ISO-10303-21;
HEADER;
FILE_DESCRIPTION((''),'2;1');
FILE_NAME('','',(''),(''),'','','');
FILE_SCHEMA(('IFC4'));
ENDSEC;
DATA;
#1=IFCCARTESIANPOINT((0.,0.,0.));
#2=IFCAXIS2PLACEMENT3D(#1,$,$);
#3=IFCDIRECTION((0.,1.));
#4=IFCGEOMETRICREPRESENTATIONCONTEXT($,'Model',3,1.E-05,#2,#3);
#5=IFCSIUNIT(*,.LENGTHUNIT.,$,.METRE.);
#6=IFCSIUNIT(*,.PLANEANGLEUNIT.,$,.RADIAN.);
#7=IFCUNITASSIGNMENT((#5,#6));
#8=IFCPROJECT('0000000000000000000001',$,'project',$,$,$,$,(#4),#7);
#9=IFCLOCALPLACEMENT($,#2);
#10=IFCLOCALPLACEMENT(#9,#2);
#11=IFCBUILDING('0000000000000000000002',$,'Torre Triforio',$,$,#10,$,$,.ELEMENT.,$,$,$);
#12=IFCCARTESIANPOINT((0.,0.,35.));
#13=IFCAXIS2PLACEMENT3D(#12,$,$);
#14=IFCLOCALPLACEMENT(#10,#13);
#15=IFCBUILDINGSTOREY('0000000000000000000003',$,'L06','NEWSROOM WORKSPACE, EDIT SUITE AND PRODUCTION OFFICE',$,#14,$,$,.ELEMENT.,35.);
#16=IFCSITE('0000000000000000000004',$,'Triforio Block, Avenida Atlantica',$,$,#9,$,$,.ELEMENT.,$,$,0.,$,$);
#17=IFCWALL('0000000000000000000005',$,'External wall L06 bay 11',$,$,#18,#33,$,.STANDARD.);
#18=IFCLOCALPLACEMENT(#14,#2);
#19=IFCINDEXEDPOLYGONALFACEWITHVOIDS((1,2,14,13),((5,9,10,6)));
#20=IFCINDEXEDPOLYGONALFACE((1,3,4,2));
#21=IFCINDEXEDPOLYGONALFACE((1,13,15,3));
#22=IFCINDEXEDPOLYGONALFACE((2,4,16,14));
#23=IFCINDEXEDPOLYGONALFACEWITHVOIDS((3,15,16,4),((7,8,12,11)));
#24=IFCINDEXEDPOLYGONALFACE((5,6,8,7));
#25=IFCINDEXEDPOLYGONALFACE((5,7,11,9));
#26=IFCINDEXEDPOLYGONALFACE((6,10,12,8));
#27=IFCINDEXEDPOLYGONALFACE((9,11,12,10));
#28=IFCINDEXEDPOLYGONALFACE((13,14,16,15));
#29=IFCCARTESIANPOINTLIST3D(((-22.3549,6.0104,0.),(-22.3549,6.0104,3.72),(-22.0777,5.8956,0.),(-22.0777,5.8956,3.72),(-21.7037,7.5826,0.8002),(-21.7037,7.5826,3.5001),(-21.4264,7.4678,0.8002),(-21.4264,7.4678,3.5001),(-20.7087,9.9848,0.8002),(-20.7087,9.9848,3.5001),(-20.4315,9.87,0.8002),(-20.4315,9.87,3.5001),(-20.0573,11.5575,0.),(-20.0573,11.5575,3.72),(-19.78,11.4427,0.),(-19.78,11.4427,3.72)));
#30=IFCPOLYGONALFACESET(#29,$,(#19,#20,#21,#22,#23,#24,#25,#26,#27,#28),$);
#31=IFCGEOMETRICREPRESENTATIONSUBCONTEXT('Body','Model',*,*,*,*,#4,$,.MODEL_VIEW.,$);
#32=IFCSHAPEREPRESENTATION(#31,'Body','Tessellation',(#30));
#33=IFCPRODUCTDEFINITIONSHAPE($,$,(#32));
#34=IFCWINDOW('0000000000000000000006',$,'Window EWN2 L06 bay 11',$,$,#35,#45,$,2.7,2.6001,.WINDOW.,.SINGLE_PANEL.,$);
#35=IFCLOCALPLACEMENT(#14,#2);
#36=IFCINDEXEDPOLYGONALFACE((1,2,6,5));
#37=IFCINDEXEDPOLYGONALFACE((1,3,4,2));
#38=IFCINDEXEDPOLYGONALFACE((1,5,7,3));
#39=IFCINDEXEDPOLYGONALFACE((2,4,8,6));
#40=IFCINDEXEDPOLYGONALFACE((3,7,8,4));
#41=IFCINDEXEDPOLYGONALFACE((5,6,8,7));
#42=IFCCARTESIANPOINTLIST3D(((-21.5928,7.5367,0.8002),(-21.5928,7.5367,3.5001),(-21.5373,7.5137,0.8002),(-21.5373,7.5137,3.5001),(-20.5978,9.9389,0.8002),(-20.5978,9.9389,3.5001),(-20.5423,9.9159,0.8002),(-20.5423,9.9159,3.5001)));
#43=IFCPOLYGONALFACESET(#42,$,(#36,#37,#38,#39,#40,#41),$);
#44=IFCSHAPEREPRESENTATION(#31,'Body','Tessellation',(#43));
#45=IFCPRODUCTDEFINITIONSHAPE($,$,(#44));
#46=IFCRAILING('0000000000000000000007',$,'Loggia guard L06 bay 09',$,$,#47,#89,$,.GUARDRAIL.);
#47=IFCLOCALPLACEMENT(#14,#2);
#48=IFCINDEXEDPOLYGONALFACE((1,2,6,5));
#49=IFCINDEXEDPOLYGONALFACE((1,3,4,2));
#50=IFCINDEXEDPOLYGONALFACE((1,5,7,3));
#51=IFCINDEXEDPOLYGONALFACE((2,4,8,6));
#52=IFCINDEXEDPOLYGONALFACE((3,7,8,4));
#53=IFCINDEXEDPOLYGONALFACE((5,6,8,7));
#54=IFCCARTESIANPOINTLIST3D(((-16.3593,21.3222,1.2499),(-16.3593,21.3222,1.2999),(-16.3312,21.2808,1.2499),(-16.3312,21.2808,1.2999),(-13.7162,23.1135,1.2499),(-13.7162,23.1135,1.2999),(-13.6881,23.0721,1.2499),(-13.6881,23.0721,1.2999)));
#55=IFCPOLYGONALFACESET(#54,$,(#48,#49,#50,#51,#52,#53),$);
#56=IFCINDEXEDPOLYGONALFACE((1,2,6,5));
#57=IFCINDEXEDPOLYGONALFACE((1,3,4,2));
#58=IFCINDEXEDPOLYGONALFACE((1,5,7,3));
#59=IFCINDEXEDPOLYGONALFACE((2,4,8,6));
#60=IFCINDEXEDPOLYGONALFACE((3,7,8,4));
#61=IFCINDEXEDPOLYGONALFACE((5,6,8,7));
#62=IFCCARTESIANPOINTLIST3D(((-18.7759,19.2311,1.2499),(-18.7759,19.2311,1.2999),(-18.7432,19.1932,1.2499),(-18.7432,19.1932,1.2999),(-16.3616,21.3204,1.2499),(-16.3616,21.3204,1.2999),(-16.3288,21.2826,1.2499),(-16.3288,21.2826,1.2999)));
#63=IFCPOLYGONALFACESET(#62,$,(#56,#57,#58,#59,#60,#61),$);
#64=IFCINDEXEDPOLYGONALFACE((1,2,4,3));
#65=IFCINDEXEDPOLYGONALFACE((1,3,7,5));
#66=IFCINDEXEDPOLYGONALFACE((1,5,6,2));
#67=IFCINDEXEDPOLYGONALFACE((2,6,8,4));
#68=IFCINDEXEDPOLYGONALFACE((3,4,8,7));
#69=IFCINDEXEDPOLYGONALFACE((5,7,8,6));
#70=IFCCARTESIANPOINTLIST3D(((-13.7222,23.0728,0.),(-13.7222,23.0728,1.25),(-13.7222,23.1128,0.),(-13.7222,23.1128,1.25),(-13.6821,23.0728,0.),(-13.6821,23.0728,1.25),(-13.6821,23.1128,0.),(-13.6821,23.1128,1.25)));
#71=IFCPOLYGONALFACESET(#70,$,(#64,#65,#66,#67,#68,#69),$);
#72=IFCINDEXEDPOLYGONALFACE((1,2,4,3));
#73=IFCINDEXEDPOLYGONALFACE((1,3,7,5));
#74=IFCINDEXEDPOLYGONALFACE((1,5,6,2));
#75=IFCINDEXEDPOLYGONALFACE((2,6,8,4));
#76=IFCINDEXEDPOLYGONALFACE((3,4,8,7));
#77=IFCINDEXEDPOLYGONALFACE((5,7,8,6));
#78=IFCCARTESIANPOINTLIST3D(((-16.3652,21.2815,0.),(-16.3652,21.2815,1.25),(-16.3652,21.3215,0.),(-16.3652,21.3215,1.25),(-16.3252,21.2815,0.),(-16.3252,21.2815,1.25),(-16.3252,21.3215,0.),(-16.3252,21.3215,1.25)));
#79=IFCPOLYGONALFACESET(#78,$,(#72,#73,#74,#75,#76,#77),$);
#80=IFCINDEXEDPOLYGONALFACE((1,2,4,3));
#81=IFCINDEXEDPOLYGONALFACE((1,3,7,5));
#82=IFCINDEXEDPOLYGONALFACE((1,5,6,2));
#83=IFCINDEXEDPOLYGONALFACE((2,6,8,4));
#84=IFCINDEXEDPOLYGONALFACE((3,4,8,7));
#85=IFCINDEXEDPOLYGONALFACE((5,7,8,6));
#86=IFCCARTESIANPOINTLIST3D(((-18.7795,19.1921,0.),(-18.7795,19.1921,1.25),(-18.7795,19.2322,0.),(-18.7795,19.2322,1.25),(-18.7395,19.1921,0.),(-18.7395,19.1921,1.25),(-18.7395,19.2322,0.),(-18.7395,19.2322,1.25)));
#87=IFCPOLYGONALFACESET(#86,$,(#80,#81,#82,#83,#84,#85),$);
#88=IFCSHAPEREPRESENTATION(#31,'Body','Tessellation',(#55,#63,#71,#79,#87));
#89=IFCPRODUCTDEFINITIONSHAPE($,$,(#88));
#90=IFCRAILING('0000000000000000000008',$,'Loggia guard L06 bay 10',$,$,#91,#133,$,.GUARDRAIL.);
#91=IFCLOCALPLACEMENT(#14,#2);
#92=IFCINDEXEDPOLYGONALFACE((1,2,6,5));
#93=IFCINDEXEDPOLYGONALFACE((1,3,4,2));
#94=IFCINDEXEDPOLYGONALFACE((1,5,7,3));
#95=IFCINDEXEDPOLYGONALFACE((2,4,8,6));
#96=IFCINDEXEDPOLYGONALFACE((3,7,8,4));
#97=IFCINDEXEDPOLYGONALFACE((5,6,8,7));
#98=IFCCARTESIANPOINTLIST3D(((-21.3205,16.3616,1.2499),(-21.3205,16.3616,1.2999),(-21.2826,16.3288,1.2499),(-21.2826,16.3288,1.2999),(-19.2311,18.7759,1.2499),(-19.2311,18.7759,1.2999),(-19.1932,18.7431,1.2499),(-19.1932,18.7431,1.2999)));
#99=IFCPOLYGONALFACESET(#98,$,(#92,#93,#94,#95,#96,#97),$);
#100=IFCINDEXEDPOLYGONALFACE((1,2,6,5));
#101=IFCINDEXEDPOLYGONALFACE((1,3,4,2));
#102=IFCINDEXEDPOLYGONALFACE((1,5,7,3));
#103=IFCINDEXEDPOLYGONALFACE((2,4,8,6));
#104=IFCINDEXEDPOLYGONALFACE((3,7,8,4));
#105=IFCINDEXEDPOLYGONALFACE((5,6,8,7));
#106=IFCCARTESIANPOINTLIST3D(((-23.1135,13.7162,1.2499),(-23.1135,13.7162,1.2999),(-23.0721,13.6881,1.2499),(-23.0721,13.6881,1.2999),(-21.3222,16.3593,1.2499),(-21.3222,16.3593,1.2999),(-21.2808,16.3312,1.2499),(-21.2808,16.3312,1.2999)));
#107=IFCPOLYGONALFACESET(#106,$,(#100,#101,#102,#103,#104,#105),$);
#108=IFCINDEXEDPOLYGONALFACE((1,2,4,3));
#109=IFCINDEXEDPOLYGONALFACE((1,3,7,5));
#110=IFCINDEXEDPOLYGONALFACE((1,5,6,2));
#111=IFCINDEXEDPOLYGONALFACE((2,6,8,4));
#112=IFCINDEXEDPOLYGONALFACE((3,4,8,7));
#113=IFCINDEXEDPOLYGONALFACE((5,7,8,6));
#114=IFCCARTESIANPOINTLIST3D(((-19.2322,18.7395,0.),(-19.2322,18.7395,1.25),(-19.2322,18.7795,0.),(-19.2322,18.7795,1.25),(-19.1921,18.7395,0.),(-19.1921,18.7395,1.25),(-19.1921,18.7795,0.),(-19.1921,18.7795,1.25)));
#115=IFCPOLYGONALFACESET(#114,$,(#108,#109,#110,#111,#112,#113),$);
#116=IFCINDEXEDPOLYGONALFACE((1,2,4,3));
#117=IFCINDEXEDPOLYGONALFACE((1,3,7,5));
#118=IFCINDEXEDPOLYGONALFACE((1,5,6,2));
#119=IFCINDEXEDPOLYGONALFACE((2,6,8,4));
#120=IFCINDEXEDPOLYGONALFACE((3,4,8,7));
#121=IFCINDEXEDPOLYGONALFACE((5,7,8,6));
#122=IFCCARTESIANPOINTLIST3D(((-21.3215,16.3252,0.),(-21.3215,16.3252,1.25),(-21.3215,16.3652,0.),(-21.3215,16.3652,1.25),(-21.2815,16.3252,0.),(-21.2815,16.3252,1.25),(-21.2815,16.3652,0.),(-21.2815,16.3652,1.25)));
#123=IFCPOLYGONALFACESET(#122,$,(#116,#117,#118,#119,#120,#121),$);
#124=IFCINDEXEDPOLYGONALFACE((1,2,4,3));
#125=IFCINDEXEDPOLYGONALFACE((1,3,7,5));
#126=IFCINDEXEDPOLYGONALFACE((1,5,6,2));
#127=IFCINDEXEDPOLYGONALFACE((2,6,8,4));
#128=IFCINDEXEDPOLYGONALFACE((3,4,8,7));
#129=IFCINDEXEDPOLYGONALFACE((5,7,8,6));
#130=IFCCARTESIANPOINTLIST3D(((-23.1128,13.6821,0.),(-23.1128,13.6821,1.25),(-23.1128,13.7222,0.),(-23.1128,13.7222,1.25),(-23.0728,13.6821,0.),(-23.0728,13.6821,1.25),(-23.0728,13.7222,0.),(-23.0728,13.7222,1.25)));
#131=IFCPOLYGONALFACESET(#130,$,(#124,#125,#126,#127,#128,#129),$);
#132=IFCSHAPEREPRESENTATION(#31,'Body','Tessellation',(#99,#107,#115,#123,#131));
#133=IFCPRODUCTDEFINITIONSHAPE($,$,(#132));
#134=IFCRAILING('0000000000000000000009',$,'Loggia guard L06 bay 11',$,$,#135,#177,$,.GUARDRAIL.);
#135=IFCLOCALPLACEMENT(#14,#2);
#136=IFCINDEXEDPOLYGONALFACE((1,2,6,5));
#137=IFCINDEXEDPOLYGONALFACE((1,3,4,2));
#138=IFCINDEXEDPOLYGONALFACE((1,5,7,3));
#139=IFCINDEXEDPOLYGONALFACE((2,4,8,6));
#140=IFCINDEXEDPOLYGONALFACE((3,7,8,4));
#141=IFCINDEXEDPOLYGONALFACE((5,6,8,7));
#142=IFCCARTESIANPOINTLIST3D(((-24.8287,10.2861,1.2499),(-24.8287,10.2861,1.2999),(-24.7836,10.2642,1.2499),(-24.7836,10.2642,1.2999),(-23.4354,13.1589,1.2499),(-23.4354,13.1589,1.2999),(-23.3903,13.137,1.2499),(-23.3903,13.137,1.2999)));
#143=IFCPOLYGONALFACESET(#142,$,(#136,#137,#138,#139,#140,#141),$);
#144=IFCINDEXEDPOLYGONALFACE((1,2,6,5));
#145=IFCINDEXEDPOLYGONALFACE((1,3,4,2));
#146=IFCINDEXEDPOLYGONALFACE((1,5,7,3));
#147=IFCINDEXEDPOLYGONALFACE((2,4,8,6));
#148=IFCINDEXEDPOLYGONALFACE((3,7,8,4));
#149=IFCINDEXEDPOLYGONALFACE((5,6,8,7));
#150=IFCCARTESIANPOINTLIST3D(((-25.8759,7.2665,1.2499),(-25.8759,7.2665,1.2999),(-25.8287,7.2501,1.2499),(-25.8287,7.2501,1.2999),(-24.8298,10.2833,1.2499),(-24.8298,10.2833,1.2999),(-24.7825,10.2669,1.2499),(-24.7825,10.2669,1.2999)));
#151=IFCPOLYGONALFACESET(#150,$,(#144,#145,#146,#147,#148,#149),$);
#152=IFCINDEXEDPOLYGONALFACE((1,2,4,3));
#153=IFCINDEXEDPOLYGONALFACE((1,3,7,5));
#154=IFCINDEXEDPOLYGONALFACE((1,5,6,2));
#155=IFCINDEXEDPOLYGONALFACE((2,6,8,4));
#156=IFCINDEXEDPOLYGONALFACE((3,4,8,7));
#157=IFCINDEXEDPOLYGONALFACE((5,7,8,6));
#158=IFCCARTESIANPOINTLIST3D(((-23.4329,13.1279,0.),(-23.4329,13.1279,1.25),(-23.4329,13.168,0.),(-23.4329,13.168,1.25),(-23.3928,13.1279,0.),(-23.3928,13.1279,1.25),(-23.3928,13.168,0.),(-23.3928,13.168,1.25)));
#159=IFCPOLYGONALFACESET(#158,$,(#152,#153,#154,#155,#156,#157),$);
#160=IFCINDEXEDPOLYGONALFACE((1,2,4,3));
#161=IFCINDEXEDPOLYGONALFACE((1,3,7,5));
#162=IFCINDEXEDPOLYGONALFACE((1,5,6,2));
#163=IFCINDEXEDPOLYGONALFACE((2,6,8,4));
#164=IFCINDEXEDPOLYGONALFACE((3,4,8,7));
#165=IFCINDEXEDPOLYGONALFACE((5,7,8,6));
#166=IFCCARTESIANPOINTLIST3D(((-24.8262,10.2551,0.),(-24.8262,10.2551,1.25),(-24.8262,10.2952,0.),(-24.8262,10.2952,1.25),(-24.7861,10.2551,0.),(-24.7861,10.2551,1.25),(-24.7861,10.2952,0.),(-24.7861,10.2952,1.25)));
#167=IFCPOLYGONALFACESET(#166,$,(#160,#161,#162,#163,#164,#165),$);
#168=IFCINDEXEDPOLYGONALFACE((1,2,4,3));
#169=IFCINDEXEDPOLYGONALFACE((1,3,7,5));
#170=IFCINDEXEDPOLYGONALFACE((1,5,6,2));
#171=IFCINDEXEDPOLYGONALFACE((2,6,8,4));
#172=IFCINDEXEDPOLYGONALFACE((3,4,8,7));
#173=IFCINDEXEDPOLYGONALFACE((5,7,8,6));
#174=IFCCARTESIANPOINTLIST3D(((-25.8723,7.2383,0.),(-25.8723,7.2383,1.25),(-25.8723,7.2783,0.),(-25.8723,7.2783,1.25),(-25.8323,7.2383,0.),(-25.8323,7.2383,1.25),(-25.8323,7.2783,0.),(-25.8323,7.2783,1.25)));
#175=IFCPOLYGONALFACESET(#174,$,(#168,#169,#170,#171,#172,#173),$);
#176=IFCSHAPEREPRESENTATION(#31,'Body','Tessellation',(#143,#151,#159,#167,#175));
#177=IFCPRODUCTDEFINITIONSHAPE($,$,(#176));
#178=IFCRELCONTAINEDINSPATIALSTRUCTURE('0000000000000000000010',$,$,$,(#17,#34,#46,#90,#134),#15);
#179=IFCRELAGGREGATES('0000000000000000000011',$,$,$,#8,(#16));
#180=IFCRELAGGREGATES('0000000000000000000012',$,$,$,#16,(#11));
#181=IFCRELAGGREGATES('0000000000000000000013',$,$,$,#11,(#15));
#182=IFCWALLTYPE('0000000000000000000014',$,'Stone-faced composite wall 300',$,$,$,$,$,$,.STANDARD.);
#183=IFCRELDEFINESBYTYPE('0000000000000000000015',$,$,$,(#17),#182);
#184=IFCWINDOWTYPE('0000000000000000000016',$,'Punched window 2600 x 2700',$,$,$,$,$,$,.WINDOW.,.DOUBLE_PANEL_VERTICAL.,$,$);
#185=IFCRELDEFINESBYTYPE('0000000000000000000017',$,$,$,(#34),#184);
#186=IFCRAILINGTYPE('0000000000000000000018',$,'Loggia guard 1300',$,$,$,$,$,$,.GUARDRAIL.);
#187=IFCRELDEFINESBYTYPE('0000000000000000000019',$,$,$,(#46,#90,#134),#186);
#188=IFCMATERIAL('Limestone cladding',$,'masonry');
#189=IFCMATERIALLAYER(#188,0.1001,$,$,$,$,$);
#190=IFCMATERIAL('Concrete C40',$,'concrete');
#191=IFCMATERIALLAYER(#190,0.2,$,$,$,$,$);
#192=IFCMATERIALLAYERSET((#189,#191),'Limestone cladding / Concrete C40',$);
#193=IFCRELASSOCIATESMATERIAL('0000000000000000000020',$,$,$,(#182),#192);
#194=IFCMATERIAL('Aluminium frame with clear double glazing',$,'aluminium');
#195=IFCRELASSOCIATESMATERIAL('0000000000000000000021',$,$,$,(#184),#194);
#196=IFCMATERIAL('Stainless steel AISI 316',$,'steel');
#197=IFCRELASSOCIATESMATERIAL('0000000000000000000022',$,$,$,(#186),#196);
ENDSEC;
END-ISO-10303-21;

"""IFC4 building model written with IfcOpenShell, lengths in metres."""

from ifc_helpers import new_model, si_unit, direction, frame, frame_2d, origin, origin_2d, place, context, subcontext, project, spatial, rectangle, extrude, material, layer, layer_set, type_object, element, fill, save


model = new_model("IFC4")

# Units and contexts
model_context = context("Model", 3, precision=1e-05, world=origin(), true_north=direction((0.0, 1.0)))
body_context = subcontext(model_context, "Body", "Model", "MODEL_VIEW")
ifc_project = project(units=[si_unit("LENGTHUNIT", "METRE"), si_unit("PLANEANGLEUNIT", "RADIAN")], contexts=[model_context])

# Site, building, storey
site_placement = place(None, origin())
site = spatial("IfcSite", under=ifc_project, at=site_placement, Name="Triforio Block, Avenida Atlantica", CompositionType="ELEMENT", RefElevation=0.0)
building_placement = place(site_placement, origin())
building = spatial("IfcBuilding", under=site, at=building_placement, Name="Torre Triforio", CompositionType="ELEMENT")
storey_placement = place(building_placement, frame((0.0, 0.0, 35.0)))
storey = spatial("IfcBuildingStorey", under=building, at=storey_placement, Name="L06", Description="NEWSROOM WORKSPACE, EDIT SUITE AND PRODUCTION OFFICE", CompositionType="ELEMENT", Elevation=35.0)

# Shared definitions
ifc_material_1 = material(Name="Limestone cladding", Category="masonry")
ifc_material_2 = material(Name="Concrete C40", Category="concrete")

# Shared definitions
ifc_layer_1 = layer(ifc_material_1, 0.1001)
ifc_layer_2 = layer(ifc_material_2, 0.2)
ifc_layer_set_1 = layer_set([ifc_layer_1, ifc_layer_2], Name="Limestone cladding / Concrete C40")
wall_type_1 = type_object("IfcWallType", Name="Stone-faced composite wall 300", PredefinedType="STANDARD", material=ifc_layer_set_1)
ifc_material_3 = material(Name="Aluminium frame with clear double glazing", Category="aluminium")
window_type_1 = type_object("IfcWindowType", Name="Punched window 2600 x 2700", PartitioningType="DOUBLE_PANEL_VERTICAL", PredefinedType="WINDOW", material=ifc_material_3)

# Wall, opening, window
wall_1_placement = place(storey_placement, frame((-19.9187, 11.5, 0.0), z_axis=(0.0, 0.0, 1.0), x_axis=(-0.382671, -0.923885, 0.0)))
wall_1 = element("IfcWall", 1, at=wall_1_placement, inside=storey, type_object=wall_type_1, Name="External wall L06 bay 11", PredefinedType="STANDARD", context=body_context, shape_type="SweptSolid", body=[
    extrude(rectangle(XDim=6.0042, YDim=0.3, at=frame_2d((3.002, 0.0))), origin(), (0.0, 0.0, 1.0), 3.72),
])
opening_1_placement = place(wall_1_placement, frame((1.7021, 0.0, 0.8)))
opening_1 = element("IfcOpeningElement", 2, at=opening_1_placement, cuts=wall_1, PredefinedType="OPENING", context=body_context, shape_type="SweptSolid", body=[
    extrude(rectangle(XDim=2.6001, YDim=2.7, at=frame_2d((1.3, 1.3501))), frame((0.0, 0.1599, 0.0), z_axis=(0.0, -1.0, 0.0), x_axis=(1.0, 0.0, 0.0)), (0.0, 0.0, 1.0), 0.3201),
])
window_1_placement = place(opening_1_placement, origin())
window_1 = element("IfcWindow", 3, at=window_1_placement, inside=storey, type_object=window_type_1, Name="Window EWN2 L06 bay 11", OverallHeight=2.7, OverallWidth=2.6001, PartitioningType="SINGLE_PANEL", PredefinedType="WINDOW", context=body_context, shape_type="SweptSolid", body=[
    extrude(rectangle(XDim=2.6001, YDim=2.7, at=frame_2d((1.3, 1.3501))), frame((0.0, 0.03, 0.0), z_axis=(0.0, -1.0, 0.0), x_axis=(1.0, 0.0, 0.0)), (0.0, 0.0, 1.0), 0.0601),
])
fill(opening_1, window_1)

# Railings
ifc_material_4 = material(Name="Stainless steel AISI 316", Category="steel")
railing_type = type_object("IfcRailingType", Name="Loggia guard 1300", PredefinedType="GUARDRAIL", material=ifc_material_4)
railing_1_placement = place(storey_placement, frame((-13.7021, 23.0928, 0.0)))
element("IfcRailing", 4, at=railing_1_placement, inside=storey, type_object=railing_type, Name="Loggia guard L06 bay 09", PredefinedType="GUARDRAIL", context=body_context, shape_type="SweptSolid", body=[
    extrude(rectangle(XDim=0.05, YDim=0.05, at=origin_2d()), frame((0.0, 0.0, 1.2749), z_axis=(-0.827803, -0.561019, 0.0), x_axis=(0.561019, -0.827803, 0.0)), (0.0, 0.0, 1.0), 3.1929),
    extrude(rectangle(XDim=0.05, YDim=0.05, at=origin_2d()), frame((-2.6431, -1.7913, 1.2749), z_axis=(-0.756161, -0.654386, 0.0), x_axis=(0.654386, -0.756161, 0.0)), (0.0, 0.0, 1.0), 3.1929),
    extrude(rectangle(XDim=0.04, YDim=0.04, at=origin_2d()), origin(), (0.0, 0.0, 1.0), 1.25),
    extrude(rectangle(XDim=0.04, YDim=0.04, at=origin_2d()), frame((-2.6431, -1.7913, 0.0)), (0.0, 0.0, 1.0), 1.25),
    extrude(rectangle(XDim=0.04, YDim=0.04, at=origin_2d()), frame((-5.0574, -3.8806, 0.0)), (0.0, 0.0, 1.0), 1.25),
])
railing_2_placement = place(storey_placement, frame((-19.2122, 18.7595, 0.0)))
element("IfcRailing", 5, at=railing_2_placement, inside=storey, type_object=railing_type, Name="Loggia guard L06 bay 10", PredefinedType="GUARDRAIL", context=body_context, shape_type="SweptSolid", body=[
    extrude(rectangle(XDim=0.05, YDim=0.05, at=origin_2d()), frame((0.0, 0.0, 1.2749), z_axis=(-0.654386, -0.756161, 0.0), x_axis=(0.756161, -0.654386, 0.0)), (0.0, 0.0, 1.0), 3.1929),
    extrude(rectangle(XDim=0.05, YDim=0.05, at=origin_2d()), frame((-2.0894, -2.4143, 1.2749), z_axis=(-0.561019, -0.827803, 0.0), x_axis=(0.827803, -0.561019, 0.0)), (0.0, 0.0, 1.0), 3.1929),
    extrude(rectangle(XDim=0.04, YDim=0.04, at=origin_2d()), origin(), (0.0, 0.0, 1.0), 1.25),
    extrude(rectangle(XDim=0.04, YDim=0.04, at=origin_2d()), frame((-2.0894, -2.4143, 0.0)), (0.0, 0.0, 1.0), 1.25),
    extrude(rectangle(XDim=0.04, YDim=0.04, at=origin_2d()), frame((-3.8806, -5.0574, 0.0)), (0.0, 0.0, 1.0), 1.25),
])
railing_3_placement = place(storey_placement, frame((-23.4128, 13.1479, 0.0)))
element("IfcRailing", 6, at=railing_3_placement, inside=storey, type_object=railing_type, Name="Loggia guard L06 bay 11", PredefinedType="GUARDRAIL", context=body_context, shape_type="SweptSolid", body=[
    extrude(rectangle(XDim=0.05, YDim=0.05, at=origin_2d()), frame((0.0, 0.0, 1.2749), z_axis=(-0.436384, -0.89976, 0.0), x_axis=(0.89976, -0.436384, 0.0)), (0.0, 0.0, 1.0), 3.1929),
    extrude(rectangle(XDim=0.05, YDim=0.05, at=origin_2d()), frame((-1.3933, -2.8728, 1.2749), z_axis=(-0.327628, -0.944807, 0.0), x_axis=(0.944807, -0.327628, 0.0)), (0.0, 0.0, 1.0), 3.1931),
    extrude(rectangle(XDim=0.04, YDim=0.04, at=origin_2d()), origin(), (0.0, 0.0, 1.0), 1.25),
    extrude(rectangle(XDim=0.04, YDim=0.04, at=origin_2d()), frame((-1.3933, -2.8728, 0.0)), (0.0, 0.0, 1.0), 1.25),
    extrude(rectangle(XDim=0.04, YDim=0.04, at=origin_2d()), frame((-2.4395, -5.8896, 0.0)), (0.0, 0.0, 1.0), 1.25),
])

save(model, "model.ifc")
